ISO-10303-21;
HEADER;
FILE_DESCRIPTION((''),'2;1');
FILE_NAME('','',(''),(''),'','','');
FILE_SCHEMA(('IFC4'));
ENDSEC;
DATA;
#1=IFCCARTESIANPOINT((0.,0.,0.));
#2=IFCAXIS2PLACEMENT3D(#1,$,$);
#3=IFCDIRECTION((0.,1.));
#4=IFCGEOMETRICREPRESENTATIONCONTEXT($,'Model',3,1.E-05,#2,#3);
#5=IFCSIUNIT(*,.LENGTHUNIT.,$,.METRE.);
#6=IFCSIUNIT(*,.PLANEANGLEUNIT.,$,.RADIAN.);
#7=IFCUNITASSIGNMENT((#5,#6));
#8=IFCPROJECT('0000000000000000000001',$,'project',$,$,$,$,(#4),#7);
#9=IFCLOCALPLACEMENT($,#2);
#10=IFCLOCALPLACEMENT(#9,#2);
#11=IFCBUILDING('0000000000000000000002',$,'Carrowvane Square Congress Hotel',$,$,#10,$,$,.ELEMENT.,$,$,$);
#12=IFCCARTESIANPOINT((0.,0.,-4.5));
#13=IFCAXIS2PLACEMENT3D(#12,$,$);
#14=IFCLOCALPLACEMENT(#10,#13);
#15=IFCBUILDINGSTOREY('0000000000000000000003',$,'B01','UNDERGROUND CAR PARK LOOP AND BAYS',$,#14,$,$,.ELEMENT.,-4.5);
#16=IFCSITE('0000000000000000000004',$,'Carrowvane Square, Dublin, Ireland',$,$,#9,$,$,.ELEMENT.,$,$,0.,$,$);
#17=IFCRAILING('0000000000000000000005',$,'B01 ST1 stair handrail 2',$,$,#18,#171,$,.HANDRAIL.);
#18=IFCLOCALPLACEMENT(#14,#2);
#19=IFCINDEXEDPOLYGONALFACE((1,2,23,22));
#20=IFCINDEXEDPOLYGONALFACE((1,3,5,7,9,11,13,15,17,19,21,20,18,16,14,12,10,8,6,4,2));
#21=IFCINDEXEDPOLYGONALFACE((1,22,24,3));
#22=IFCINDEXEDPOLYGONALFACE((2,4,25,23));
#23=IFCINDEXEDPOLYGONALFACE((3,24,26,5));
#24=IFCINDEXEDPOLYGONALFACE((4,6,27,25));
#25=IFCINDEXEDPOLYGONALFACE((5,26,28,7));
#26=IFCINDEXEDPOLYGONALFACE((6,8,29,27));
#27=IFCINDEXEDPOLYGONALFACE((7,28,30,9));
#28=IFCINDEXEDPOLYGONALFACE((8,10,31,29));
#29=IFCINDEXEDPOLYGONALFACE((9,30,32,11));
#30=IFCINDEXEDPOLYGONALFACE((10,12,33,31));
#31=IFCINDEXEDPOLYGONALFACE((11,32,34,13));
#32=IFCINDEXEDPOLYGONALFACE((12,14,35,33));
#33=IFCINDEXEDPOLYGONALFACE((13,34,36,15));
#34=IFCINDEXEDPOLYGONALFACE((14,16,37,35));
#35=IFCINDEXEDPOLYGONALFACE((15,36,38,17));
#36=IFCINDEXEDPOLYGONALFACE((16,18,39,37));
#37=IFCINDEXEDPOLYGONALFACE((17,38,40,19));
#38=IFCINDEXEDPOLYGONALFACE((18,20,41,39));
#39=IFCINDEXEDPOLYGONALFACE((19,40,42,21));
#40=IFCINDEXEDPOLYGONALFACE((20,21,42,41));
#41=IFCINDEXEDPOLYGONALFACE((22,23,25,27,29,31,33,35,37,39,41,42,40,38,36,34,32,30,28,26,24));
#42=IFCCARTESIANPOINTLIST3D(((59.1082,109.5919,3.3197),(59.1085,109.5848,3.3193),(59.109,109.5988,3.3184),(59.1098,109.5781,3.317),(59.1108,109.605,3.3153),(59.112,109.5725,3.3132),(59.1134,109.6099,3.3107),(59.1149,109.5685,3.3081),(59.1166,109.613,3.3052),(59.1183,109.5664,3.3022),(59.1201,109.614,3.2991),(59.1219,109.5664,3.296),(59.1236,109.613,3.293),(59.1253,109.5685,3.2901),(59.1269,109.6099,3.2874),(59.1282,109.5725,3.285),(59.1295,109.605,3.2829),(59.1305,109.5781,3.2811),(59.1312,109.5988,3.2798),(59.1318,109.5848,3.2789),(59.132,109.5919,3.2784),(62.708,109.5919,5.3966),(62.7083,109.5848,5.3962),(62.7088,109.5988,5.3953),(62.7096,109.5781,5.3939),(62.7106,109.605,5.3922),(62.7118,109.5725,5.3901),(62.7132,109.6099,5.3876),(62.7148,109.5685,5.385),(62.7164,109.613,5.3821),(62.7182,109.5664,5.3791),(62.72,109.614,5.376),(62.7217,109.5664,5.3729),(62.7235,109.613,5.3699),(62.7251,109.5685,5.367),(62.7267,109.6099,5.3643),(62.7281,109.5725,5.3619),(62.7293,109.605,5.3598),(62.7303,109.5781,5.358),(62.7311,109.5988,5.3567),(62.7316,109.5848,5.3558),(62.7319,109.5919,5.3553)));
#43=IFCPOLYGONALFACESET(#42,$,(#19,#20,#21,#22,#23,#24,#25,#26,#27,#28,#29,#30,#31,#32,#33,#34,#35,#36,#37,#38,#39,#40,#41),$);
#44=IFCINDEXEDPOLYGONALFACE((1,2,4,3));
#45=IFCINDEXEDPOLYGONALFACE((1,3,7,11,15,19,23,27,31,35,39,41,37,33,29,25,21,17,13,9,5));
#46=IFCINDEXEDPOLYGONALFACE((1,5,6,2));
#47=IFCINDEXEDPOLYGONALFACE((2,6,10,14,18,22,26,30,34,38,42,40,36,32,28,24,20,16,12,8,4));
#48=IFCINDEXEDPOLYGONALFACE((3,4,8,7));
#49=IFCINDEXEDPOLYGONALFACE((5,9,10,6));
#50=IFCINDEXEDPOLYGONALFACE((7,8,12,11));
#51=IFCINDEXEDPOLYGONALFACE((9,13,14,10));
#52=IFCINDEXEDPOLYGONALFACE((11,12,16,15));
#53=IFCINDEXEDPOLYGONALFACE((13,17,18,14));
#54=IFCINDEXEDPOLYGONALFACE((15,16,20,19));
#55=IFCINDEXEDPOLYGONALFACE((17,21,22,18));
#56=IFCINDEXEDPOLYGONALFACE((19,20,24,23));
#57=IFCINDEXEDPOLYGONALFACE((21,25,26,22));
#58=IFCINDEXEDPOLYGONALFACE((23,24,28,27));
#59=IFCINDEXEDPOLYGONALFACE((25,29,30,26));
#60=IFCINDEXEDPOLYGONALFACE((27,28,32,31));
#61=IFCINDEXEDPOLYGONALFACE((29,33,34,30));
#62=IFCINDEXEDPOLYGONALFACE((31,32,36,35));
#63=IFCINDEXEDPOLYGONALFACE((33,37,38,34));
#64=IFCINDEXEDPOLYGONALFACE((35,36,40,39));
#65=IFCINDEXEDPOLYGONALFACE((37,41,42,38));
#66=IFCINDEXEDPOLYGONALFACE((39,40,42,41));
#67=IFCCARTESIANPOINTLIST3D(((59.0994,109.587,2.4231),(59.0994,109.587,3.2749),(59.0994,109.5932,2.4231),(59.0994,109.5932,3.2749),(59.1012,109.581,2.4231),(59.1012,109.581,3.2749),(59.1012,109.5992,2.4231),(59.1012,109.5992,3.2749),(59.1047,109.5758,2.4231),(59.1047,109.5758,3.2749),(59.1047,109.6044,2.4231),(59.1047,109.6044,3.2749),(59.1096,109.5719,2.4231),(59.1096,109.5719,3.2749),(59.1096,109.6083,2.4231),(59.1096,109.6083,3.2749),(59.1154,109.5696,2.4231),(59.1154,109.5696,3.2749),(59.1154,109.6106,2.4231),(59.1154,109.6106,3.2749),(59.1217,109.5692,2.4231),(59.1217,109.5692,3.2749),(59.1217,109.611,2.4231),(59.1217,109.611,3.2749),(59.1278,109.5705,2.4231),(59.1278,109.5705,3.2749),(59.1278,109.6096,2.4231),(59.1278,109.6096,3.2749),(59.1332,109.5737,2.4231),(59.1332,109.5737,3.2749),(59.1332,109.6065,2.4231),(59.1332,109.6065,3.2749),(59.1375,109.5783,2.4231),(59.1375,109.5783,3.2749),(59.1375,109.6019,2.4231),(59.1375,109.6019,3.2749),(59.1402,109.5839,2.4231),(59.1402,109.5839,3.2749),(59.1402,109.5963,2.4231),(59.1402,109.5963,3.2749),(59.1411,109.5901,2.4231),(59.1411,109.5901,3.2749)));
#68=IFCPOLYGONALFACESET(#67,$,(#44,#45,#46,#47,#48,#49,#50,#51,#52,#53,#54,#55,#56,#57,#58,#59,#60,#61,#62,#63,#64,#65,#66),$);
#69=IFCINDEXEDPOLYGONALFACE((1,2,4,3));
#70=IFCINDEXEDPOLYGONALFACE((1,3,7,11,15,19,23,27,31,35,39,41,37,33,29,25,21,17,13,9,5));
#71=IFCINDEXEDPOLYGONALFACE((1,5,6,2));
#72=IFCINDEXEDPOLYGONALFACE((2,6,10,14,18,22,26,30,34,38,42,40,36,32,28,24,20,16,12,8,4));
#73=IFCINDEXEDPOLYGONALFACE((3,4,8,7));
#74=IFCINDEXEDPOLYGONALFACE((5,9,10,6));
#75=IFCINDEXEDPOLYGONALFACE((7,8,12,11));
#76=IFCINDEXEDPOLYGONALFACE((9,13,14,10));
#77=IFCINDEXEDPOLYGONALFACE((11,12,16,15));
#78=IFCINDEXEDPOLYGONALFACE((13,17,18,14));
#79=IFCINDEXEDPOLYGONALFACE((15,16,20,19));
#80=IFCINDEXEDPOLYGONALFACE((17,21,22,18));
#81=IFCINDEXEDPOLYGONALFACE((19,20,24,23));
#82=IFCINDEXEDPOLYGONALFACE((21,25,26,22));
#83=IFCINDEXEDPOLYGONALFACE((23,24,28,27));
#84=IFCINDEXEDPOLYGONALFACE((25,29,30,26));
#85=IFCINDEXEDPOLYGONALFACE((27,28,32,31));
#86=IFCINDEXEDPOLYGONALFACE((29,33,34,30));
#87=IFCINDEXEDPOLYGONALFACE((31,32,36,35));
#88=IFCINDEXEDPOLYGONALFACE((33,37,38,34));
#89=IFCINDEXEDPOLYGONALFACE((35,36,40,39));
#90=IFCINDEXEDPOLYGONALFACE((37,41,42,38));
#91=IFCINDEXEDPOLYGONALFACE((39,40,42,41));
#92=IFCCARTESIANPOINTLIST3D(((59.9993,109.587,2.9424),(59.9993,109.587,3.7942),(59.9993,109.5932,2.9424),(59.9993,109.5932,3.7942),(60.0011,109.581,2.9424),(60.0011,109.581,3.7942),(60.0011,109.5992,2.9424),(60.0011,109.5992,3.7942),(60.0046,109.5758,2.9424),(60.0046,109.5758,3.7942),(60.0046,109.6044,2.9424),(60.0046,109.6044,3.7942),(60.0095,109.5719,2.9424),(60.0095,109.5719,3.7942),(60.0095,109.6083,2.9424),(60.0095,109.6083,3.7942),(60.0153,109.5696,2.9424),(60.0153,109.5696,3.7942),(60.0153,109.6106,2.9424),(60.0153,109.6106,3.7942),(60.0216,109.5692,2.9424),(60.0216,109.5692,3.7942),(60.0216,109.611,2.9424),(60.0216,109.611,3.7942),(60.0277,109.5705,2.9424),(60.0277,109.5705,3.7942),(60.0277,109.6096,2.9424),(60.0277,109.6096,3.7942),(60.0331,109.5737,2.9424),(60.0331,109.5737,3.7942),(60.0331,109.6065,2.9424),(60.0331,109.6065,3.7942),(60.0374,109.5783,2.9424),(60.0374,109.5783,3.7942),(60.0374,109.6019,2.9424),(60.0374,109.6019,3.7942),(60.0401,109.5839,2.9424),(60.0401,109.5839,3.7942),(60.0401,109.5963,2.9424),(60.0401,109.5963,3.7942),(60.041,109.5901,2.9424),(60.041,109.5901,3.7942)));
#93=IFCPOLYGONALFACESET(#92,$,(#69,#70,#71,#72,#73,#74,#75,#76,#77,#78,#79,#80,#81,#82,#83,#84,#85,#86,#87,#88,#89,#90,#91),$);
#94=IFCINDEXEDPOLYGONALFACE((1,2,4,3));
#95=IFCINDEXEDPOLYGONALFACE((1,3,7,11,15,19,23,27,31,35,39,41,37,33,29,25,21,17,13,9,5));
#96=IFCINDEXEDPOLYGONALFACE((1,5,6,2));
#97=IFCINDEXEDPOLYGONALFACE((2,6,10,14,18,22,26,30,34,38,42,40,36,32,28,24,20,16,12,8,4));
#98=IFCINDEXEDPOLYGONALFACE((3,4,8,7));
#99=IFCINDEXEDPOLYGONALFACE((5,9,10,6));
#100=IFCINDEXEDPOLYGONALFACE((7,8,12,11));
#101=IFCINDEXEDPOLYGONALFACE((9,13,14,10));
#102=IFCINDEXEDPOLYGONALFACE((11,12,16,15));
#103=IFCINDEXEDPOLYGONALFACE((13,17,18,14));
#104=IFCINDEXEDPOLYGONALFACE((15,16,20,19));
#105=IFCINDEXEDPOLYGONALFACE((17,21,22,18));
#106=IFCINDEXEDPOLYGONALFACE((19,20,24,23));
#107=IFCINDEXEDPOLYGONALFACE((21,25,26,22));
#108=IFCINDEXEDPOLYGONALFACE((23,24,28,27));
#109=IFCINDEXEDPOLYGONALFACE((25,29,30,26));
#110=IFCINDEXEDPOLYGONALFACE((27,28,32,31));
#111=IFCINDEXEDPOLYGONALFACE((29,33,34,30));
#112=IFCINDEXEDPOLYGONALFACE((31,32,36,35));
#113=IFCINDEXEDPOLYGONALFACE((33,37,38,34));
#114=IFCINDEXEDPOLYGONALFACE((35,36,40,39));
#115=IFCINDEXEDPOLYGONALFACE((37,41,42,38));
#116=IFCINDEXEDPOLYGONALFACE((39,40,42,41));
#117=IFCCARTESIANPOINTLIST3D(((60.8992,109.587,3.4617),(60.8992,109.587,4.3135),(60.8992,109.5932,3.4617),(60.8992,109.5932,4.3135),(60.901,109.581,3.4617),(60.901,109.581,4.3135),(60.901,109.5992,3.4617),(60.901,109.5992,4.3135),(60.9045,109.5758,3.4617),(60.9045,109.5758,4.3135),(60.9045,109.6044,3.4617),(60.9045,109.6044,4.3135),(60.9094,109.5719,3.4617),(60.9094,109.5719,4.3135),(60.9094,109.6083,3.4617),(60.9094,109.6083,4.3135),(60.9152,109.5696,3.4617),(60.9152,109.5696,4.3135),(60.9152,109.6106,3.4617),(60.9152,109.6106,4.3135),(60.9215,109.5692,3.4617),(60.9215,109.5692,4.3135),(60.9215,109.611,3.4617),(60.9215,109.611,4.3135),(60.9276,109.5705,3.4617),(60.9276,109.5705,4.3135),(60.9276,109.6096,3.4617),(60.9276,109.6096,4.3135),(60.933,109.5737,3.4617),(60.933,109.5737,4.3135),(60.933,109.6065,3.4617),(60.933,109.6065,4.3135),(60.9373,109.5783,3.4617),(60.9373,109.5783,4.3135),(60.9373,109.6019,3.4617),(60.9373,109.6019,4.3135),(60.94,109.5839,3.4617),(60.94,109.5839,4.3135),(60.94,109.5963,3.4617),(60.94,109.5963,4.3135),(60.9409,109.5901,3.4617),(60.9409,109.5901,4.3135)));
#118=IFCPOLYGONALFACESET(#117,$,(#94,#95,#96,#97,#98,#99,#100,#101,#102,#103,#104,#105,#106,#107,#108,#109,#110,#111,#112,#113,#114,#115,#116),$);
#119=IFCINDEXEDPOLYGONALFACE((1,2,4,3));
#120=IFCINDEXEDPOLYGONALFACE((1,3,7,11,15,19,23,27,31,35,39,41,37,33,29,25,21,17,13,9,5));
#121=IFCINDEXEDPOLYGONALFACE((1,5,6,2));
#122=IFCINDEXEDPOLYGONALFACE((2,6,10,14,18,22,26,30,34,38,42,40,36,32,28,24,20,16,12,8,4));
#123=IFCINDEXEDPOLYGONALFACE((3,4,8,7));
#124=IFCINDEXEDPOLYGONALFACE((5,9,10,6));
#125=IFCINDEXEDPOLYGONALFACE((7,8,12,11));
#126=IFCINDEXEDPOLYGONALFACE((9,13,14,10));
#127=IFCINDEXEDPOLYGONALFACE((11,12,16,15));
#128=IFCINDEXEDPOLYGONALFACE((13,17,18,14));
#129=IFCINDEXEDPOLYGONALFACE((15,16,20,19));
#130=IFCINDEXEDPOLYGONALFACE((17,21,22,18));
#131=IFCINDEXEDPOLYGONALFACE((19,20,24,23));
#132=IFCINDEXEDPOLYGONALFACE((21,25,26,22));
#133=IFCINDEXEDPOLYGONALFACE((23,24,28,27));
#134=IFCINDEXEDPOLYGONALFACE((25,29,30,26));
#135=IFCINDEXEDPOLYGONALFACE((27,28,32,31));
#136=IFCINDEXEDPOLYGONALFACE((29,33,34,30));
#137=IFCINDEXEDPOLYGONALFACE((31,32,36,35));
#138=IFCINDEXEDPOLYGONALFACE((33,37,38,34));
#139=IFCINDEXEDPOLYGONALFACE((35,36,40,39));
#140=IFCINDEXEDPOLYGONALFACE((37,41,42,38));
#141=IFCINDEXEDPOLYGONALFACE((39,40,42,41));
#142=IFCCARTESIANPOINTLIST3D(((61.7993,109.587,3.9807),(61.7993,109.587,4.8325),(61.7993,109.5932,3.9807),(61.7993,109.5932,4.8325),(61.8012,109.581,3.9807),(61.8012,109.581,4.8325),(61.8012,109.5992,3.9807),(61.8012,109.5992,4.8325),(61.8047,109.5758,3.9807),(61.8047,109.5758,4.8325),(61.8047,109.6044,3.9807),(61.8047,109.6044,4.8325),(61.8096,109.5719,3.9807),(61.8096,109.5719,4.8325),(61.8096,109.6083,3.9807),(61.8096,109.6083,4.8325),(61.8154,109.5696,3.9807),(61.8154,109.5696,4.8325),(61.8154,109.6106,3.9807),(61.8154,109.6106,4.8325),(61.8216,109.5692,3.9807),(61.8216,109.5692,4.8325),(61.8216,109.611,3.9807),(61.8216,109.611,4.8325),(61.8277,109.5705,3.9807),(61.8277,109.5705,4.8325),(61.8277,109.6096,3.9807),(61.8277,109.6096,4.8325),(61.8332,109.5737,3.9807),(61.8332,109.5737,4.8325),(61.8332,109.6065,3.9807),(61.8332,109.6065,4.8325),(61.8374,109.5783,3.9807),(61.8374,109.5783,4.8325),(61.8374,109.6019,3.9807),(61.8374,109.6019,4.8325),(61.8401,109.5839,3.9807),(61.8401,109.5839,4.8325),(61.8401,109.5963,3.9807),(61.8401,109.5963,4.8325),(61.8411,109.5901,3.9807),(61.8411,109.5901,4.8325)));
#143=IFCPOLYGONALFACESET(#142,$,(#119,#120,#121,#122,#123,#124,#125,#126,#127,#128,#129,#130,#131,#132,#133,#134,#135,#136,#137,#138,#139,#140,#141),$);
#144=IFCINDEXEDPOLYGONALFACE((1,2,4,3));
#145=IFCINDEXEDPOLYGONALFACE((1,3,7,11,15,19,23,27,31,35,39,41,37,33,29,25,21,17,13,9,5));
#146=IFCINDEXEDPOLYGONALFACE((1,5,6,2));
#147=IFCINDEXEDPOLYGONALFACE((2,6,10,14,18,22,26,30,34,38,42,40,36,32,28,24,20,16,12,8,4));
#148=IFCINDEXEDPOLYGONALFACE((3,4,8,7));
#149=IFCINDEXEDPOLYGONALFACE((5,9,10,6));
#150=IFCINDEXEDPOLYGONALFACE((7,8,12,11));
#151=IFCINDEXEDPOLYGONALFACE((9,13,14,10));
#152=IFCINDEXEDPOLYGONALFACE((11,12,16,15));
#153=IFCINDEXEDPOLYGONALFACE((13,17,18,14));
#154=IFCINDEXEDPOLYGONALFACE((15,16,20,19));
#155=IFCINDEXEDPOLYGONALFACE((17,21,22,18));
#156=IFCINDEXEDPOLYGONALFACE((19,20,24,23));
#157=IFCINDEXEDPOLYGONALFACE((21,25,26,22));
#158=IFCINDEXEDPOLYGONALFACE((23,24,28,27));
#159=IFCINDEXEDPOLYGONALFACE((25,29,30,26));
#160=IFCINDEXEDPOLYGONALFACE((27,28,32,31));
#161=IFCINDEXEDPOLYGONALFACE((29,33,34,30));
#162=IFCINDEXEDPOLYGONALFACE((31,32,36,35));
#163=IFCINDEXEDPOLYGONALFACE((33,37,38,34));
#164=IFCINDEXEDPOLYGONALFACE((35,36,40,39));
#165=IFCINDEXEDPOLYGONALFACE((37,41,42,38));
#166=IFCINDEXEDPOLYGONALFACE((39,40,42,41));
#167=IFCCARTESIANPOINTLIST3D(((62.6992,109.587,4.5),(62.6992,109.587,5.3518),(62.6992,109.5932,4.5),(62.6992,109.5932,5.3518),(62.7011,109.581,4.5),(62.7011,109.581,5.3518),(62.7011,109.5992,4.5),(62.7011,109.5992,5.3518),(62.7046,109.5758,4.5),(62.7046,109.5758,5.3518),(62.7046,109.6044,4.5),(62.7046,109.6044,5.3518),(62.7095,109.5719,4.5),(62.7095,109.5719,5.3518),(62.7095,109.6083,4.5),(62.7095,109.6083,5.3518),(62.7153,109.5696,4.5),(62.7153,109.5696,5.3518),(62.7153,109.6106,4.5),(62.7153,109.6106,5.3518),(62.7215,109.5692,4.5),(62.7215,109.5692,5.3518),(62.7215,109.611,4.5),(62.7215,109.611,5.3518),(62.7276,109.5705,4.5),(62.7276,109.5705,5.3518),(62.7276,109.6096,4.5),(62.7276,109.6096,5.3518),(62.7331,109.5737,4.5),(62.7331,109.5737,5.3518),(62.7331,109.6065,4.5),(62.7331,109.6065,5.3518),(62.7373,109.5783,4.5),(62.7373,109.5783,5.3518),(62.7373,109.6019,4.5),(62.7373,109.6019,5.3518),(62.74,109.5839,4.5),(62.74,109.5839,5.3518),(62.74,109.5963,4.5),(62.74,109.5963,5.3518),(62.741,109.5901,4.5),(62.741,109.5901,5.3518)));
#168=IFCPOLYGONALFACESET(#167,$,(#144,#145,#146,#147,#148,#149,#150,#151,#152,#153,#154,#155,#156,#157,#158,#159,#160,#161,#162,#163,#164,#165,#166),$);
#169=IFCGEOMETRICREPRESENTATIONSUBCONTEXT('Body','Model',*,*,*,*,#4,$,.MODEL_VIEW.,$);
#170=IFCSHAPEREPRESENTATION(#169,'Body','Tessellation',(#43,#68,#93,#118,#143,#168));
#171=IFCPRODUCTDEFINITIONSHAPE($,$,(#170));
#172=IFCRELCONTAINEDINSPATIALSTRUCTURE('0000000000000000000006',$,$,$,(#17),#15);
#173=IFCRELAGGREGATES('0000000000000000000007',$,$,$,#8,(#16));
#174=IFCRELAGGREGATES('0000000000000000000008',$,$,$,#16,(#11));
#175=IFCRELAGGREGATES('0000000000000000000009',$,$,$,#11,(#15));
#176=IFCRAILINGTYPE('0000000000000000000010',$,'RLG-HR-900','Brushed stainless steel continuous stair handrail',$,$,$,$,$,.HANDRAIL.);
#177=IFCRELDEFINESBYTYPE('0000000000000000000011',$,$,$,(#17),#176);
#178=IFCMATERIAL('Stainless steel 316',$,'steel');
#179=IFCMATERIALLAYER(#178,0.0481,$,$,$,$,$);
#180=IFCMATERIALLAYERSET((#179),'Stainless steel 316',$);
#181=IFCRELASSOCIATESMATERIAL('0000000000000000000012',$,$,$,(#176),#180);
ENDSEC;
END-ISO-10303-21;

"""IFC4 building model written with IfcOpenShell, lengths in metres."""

from ifc_helpers import new_model, si_unit, direction, frame, origin, origin_2d, place, context, subcontext, project, spatial, circle, extrude, material, layer, layer_set, type_object, element, save


model = new_model("IFC4")

# Units and contexts
model_context = context("Model", 3, precision=1e-05, world=origin(), true_north=direction((0.0, 1.0)))
body_context = subcontext(model_context, "Body", "Model", "MODEL_VIEW")
ifc_project = project(units=[si_unit("LENGTHUNIT", "METRE"), si_unit("PLANEANGLEUNIT", "RADIAN")], contexts=[model_context])

# Site, building, storey
site_placement = place(None, origin())
site = spatial("IfcSite", under=ifc_project, at=site_placement, Name="Carrowvane Square, Dublin, Ireland", CompositionType="ELEMENT", RefElevation=0.0)
building_placement = place(site_placement, origin())
building = spatial("IfcBuilding", under=site, at=building_placement, Name="Carrowvane Square Congress Hotel", CompositionType="ELEMENT")
storey_placement = place(building_placement, frame((0.0, 0.0, -4.5)))
storey = spatial("IfcBuildingStorey", under=building, at=storey_placement, Name="B01", Description="UNDERGROUND CAR PARK LOOP AND BAYS", CompositionType="ELEMENT", Elevation=-4.5)

# Railing
ifc_material_1 = material(Name="Stainless steel 316", Category="steel")
ifc_layer_1 = layer(ifc_material_1, 0.0481)
ifc_layer_set_1 = layer_set([ifc_layer_1], Name="Stainless steel 316")
railing_type_1 = type_object("IfcRailingType", Name="RLG-HR-900", Description="Brushed stainless steel continuous stair handrail", PredefinedType="HANDRAIL", material=ifc_layer_set_1)
railing_1_placement = place(storey_placement, frame((59.1201, 109.5901, 2.4231)))
element("IfcRailing", 1, at=railing_1_placement, inside=storey, type_object=railing_type_1, Name="B01 ST1 stair handrail 2", PredefinedType="HANDRAIL", context=body_context, shape_type="SweptSolid", body=[
    extrude(circle(Radius=0.0239, at=origin_2d()), frame((0.0, 0.0, 0.876), z_axis=(0.866179, 0.0, 0.499734), x_axis=(0.0, 1.0, 0.0)), (0.0, 0.0, 1.0), 4.156),
    extrude(circle(Radius=0.021, at=origin_2d()), origin(), (0.0, 0.0, 1.0), 0.8518),
    extrude(circle(Radius=0.021, at=origin_2d()), frame((0.8999, 0.0, 0.5193)), (0.0, 0.0, 1.0), 0.8518),
    extrude(circle(Radius=0.021, at=origin_2d()), frame((1.7998, 0.0, 1.0386)), (0.0, 0.0, 1.0), 0.8518),
    extrude(circle(Radius=0.021, at=origin_2d()), frame((2.7, 0.0, 1.5576)), (0.0, 0.0, 1.0), 0.8518),
    extrude(circle(Radius=0.021, at=origin_2d()), frame((3.5999, 0.0, 2.0769)), (0.0, 0.0, 1.0), 0.8518),
])

save(model, "model.ifc")
